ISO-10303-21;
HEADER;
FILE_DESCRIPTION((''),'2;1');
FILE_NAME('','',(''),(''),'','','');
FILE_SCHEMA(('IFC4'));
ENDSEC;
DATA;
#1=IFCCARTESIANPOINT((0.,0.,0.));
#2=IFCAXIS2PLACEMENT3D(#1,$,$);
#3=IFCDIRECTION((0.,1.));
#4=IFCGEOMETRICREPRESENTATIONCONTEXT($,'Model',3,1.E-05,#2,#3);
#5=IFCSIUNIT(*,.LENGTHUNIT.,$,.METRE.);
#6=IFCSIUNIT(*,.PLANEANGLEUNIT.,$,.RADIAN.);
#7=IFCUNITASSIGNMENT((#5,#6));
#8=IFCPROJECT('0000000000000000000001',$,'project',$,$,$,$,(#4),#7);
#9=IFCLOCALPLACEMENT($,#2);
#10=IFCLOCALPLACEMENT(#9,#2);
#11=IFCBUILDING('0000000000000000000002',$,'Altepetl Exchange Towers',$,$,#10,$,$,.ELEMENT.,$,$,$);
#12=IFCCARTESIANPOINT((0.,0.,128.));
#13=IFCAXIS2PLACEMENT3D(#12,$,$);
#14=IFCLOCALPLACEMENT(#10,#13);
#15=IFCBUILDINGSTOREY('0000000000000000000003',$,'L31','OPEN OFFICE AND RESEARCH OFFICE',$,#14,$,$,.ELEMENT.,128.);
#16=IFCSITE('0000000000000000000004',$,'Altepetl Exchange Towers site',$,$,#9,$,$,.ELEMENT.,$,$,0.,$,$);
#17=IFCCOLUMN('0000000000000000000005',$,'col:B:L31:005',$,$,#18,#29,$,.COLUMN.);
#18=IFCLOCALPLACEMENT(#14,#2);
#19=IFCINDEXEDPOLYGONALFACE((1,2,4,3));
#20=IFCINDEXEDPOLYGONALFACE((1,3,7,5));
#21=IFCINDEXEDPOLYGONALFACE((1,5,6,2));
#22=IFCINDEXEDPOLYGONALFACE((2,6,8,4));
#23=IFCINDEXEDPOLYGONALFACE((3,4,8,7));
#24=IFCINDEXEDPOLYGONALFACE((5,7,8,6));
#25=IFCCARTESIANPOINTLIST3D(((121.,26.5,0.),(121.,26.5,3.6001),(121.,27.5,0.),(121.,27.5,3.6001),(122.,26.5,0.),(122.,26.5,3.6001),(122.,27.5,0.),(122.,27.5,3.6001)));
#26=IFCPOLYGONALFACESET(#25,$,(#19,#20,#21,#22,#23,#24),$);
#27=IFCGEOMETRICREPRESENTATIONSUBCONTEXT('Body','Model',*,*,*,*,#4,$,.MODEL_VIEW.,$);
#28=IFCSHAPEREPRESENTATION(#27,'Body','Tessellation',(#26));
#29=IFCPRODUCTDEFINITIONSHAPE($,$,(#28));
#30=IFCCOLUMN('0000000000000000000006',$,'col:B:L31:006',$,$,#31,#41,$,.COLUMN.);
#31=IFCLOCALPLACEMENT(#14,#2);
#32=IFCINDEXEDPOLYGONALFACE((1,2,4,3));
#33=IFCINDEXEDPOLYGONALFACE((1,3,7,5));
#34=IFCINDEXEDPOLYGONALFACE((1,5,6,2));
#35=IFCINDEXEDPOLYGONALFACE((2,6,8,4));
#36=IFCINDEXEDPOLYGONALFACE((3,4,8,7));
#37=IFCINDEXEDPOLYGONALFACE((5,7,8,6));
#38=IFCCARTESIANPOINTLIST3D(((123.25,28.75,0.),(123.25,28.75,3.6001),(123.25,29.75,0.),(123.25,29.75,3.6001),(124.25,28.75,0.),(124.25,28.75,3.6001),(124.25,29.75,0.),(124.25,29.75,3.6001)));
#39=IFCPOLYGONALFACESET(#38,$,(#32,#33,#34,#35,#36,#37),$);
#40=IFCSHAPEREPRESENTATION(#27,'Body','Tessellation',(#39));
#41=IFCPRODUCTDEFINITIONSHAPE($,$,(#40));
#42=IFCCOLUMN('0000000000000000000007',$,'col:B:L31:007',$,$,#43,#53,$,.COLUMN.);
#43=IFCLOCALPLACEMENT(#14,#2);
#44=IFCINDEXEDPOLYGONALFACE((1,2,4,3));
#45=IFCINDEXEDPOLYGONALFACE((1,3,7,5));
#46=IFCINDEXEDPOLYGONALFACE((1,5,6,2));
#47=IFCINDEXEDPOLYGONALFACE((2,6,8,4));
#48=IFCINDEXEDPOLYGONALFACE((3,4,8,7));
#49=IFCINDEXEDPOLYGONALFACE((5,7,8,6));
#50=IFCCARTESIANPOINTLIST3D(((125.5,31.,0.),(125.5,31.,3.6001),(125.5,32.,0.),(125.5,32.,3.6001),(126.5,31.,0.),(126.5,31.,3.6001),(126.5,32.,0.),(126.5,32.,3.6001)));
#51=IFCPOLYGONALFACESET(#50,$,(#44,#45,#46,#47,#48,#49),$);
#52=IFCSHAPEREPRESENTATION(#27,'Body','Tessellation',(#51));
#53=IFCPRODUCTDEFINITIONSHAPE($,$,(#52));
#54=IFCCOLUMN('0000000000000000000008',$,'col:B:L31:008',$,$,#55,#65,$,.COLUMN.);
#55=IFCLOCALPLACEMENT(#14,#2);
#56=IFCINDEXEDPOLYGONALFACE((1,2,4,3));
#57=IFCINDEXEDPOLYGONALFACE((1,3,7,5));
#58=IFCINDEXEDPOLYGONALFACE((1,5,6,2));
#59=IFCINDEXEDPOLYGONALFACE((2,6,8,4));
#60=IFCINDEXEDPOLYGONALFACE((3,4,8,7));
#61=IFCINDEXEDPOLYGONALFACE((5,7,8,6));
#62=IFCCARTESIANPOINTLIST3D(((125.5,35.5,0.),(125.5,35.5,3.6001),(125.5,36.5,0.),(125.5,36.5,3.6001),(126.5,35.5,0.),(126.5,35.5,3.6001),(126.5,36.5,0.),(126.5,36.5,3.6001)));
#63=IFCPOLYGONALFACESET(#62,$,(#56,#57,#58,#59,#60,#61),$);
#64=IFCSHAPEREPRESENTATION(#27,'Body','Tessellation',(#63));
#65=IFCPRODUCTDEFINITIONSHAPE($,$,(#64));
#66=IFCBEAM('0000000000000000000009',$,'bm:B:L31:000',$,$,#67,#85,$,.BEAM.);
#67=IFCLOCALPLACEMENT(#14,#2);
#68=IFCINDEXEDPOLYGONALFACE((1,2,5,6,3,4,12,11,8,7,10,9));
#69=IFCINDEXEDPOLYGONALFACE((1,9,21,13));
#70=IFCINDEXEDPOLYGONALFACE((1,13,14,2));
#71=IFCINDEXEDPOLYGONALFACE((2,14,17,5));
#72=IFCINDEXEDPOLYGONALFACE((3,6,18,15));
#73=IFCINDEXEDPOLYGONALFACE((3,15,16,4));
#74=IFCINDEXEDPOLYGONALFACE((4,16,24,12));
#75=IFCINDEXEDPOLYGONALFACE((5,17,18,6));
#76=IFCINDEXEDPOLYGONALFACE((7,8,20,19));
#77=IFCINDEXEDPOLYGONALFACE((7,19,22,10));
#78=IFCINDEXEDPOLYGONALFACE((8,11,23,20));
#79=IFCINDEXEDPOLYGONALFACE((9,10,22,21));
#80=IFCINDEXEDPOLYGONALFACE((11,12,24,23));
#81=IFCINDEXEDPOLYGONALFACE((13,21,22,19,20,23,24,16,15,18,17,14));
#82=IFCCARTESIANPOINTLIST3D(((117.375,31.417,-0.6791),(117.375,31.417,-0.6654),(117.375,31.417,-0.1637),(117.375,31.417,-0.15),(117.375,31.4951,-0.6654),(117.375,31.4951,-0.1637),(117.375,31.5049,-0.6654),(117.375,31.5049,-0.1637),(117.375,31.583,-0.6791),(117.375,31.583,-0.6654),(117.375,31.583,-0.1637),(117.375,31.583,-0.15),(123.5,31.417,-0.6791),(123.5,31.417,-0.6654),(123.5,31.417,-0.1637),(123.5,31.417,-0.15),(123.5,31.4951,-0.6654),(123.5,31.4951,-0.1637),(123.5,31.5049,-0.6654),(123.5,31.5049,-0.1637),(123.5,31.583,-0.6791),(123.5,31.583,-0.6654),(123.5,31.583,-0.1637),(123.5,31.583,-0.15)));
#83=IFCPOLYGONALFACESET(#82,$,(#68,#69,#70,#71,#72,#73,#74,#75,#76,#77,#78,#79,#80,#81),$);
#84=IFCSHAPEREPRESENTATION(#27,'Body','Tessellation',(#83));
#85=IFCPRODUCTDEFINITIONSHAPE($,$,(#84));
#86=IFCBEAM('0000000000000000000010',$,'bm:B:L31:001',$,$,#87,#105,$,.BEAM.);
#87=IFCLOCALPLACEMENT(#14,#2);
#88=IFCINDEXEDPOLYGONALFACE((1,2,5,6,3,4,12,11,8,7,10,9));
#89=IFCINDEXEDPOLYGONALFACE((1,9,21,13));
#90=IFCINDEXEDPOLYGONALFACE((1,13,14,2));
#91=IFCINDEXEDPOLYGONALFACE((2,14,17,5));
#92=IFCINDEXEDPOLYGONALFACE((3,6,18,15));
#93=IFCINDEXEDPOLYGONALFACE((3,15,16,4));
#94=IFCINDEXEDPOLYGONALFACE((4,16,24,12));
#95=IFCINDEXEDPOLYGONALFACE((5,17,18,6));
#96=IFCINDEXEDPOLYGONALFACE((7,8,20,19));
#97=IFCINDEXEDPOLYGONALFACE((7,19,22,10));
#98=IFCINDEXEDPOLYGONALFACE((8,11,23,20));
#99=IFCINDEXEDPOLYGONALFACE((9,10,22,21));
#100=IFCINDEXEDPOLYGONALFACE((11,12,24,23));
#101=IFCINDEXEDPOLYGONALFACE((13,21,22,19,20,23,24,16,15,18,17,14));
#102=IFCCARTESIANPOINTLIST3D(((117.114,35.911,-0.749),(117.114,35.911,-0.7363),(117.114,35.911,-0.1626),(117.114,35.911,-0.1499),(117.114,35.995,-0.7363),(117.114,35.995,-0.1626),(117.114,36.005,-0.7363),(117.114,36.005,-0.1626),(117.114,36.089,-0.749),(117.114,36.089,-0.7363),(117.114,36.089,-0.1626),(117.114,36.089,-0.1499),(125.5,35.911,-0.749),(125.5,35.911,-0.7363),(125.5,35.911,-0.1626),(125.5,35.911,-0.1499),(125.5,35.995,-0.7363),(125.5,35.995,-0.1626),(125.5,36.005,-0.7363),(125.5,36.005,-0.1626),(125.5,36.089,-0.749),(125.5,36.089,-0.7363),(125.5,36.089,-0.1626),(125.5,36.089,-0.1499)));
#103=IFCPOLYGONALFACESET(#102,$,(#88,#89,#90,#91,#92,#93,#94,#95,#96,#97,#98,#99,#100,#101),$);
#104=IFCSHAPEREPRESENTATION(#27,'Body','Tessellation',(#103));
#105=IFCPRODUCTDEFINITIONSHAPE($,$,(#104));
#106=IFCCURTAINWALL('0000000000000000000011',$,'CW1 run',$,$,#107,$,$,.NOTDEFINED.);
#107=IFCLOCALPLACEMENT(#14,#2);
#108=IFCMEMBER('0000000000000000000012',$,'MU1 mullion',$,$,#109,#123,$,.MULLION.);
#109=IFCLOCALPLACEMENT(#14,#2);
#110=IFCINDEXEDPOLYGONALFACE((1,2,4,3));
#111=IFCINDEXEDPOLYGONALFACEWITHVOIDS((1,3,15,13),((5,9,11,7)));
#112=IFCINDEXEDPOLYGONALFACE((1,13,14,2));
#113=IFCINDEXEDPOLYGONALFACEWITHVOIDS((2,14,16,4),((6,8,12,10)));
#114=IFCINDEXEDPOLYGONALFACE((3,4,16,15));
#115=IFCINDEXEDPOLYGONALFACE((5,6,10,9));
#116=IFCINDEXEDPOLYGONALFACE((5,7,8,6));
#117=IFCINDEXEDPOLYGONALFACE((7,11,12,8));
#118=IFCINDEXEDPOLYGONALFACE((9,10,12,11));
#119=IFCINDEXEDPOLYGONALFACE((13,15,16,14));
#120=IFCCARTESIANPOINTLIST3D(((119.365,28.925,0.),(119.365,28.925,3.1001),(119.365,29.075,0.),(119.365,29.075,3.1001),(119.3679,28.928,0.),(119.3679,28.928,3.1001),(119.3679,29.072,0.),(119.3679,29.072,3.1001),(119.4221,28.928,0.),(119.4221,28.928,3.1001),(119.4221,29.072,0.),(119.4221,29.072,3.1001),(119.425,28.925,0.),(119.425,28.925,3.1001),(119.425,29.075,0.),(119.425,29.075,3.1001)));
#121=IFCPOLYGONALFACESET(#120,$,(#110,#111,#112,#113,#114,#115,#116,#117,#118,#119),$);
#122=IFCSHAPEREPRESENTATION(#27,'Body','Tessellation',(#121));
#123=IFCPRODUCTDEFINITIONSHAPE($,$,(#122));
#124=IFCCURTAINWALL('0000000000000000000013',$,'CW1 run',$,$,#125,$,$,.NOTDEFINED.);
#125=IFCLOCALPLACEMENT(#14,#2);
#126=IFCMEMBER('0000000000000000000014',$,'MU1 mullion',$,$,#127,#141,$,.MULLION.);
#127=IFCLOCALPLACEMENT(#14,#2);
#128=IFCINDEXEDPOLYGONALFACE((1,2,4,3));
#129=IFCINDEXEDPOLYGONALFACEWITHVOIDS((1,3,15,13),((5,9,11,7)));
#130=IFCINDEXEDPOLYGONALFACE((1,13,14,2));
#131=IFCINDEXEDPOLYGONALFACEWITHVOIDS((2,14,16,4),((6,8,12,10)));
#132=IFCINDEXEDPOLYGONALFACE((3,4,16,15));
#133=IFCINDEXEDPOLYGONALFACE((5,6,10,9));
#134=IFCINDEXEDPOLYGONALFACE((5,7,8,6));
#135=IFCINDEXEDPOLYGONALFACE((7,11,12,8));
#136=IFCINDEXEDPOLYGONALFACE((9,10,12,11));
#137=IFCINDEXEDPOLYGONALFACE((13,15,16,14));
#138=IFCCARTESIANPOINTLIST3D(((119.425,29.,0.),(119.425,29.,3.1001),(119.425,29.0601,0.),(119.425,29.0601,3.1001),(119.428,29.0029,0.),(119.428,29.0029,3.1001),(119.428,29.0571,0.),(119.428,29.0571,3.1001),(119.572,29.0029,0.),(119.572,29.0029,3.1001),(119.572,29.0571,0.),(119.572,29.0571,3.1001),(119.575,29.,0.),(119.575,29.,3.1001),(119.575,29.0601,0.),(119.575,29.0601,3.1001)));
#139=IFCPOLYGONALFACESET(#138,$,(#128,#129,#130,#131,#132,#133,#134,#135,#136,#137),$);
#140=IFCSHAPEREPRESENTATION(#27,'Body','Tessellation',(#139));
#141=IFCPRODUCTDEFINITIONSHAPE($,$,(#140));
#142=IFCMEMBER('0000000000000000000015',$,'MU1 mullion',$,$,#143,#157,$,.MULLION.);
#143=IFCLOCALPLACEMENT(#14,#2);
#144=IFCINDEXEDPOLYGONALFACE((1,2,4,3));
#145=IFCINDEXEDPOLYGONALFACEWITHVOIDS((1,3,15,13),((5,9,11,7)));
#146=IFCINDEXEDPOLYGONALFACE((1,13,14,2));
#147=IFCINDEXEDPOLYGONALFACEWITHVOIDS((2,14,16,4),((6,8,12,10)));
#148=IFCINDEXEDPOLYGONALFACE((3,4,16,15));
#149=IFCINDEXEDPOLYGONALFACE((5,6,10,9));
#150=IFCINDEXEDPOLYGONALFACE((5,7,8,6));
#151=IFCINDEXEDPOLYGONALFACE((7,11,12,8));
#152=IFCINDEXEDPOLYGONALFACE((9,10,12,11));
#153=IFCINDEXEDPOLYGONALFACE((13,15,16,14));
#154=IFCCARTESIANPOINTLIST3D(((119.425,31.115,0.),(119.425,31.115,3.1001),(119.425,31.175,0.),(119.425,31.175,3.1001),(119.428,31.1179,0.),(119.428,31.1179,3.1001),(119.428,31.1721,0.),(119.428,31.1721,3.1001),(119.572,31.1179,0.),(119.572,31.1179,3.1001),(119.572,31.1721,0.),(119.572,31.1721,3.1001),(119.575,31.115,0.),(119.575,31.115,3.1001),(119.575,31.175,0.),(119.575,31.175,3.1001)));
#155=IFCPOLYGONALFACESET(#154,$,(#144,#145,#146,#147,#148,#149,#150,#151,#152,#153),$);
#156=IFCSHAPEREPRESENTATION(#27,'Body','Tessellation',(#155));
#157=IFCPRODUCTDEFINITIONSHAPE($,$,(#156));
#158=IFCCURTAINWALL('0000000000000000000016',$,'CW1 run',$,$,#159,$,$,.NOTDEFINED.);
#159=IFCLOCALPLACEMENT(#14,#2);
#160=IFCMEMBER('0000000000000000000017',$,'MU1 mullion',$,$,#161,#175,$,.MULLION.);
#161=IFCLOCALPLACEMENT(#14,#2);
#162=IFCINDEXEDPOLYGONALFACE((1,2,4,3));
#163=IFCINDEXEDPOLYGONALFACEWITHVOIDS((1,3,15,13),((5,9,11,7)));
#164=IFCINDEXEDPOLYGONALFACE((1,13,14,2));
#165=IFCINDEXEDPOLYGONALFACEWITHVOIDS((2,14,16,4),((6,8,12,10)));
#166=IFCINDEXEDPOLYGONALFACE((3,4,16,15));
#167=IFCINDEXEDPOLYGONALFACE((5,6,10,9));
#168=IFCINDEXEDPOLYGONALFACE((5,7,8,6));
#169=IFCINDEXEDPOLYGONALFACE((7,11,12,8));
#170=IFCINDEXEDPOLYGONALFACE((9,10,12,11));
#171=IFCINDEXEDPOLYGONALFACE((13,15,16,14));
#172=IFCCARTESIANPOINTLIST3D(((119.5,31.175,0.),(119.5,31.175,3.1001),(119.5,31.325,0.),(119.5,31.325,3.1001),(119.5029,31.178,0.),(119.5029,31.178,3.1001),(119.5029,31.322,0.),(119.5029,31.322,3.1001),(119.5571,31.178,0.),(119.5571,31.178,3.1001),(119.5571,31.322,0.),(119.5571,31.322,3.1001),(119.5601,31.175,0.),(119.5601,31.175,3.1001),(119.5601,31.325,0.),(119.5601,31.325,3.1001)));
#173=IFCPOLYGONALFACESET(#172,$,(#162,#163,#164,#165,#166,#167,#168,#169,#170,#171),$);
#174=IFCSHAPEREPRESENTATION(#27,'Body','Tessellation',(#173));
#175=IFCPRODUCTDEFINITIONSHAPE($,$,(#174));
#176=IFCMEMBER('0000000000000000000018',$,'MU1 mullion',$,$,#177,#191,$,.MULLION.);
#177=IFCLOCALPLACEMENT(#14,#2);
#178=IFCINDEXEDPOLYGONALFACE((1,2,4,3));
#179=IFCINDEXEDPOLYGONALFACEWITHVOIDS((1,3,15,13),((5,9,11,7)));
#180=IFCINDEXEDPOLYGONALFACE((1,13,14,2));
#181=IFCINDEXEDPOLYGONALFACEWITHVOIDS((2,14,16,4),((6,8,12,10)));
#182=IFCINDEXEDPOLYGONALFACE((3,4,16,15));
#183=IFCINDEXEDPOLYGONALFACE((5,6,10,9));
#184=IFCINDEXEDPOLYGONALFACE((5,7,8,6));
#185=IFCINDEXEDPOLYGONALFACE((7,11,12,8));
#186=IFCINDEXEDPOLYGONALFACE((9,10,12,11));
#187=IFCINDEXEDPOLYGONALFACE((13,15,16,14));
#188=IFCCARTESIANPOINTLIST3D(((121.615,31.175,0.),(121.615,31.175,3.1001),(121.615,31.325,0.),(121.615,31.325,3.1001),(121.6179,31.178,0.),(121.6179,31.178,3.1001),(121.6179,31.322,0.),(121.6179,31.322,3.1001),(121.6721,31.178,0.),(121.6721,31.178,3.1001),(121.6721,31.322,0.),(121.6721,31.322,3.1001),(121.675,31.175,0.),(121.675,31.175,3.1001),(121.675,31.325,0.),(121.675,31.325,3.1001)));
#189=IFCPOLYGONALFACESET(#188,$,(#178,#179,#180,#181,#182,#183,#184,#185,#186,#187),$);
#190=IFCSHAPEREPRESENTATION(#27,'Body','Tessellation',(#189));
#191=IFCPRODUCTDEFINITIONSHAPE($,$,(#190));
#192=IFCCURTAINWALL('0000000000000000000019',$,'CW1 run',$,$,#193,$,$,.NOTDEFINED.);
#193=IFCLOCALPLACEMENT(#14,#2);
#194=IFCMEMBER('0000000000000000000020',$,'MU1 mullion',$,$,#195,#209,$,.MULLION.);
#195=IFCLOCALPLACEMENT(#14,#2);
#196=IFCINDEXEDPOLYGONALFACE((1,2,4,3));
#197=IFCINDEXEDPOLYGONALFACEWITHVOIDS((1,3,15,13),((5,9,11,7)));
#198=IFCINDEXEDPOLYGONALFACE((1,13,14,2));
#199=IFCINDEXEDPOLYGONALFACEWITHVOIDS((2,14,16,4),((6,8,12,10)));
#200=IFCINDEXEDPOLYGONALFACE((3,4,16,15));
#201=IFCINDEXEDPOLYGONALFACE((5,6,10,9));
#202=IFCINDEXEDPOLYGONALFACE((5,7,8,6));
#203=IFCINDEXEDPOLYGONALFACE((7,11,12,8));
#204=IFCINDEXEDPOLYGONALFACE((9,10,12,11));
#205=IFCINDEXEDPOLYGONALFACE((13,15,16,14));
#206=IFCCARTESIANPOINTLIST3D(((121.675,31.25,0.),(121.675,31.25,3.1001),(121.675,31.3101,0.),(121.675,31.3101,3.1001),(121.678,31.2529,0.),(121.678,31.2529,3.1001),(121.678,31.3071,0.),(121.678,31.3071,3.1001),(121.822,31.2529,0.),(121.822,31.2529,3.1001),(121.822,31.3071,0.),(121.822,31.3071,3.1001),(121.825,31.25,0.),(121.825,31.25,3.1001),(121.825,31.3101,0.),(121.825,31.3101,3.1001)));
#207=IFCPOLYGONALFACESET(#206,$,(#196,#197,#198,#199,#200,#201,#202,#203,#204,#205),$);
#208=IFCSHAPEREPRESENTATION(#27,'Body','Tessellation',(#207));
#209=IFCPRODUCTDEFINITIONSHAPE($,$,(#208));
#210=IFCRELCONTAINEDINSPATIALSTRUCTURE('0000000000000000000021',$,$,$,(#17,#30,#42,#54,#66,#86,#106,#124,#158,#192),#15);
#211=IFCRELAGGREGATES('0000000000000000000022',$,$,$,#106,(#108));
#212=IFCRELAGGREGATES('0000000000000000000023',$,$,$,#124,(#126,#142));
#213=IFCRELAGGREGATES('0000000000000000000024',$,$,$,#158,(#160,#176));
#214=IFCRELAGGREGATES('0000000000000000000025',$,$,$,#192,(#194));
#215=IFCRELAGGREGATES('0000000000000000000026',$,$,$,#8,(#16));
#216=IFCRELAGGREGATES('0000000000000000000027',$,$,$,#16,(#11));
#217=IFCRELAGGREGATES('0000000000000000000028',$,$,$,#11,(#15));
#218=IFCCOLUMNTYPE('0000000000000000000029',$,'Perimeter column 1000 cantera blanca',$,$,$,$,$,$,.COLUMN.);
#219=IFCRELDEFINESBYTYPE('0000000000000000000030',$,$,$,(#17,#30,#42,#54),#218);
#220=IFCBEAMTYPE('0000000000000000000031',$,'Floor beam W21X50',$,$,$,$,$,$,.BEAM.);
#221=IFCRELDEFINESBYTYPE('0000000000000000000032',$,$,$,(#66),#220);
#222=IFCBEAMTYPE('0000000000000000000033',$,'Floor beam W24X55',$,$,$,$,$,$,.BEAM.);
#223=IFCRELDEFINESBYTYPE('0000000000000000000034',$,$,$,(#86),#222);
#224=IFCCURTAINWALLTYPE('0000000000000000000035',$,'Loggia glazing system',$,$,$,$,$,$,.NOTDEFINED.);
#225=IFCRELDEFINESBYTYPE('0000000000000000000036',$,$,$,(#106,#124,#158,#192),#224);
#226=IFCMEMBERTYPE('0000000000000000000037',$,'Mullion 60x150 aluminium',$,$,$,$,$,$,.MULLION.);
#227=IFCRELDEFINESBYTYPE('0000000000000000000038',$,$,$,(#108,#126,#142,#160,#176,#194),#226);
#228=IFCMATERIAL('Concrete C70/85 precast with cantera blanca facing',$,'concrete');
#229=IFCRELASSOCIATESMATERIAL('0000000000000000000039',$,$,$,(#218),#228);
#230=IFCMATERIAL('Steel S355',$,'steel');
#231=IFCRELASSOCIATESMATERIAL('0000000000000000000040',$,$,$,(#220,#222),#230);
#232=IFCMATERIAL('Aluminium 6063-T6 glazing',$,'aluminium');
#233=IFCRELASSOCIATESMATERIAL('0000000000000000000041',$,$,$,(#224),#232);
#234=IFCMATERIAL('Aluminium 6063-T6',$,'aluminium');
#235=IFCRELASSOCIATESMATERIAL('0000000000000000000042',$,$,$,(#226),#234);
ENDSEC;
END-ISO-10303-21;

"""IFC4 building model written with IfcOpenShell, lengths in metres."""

from ifc_helpers import new_model, si_unit, direction, frame, origin, origin_2d, place, context, subcontext, project, spatial, rectangle, hollow_rectangle, i_section, extrude, material, material_profile, profile_set, type_object, element, aggregate, save


model = new_model("IFC4")

# Units and contexts
model_context = context("Model", 3, precision=1e-05, world=origin(), true_north=direction((0.0, 1.0)))
body_context = subcontext(model_context, "Body", "Model", "MODEL_VIEW")
ifc_project = project(units=[si_unit("LENGTHUNIT", "METRE"), si_unit("PLANEANGLEUNIT", "RADIAN")], contexts=[model_context])

# Site, building, storey
site_placement = place(None, origin())
site = spatial("IfcSite", under=ifc_project, at=site_placement, Name="Altepetl Exchange Towers site", CompositionType="ELEMENT", RefElevation=0.0)
building_placement = place(site_placement, origin())
building = spatial("IfcBuilding", under=site, at=building_placement, Name="Altepetl Exchange Towers", CompositionType="ELEMENT")
storey_placement = place(building_placement, frame((0.0, 0.0, 128.0)))
storey = spatial("IfcBuildingStorey", under=building, at=storey_placement, Name="L31", Description="OPEN OFFICE AND RESEARCH OFFICE", CompositionType="ELEMENT", Elevation=128.0)

# Columns
ifc_material_1 = material(Name="Concrete C70/85 precast with cantera blanca facing", Category="concrete")
ifc_material_profile_1 = material_profile(ifc_material_1, rectangle(XDim=1.0, YDim=1.0, at=origin_2d()), Name="1000 x 1000")
ifc_profile_set_1 = profile_set([ifc_material_profile_1], Name="Concrete C70/85 precast with cantera blanca facing")
column_type = type_object("IfcColumnType", Name="Perimeter column 1000 cantera blanca", PredefinedType="COLUMN", material=ifc_profile_set_1)
for number, where, name in (
    (1, (121.5, 27.0, 0.0), "col:B:L31:005"),
    (2, (123.75, 29.25, 0.0), "col:B:L31:006"),
    (3, (126.0, 31.5, 0.0), "col:B:L31:007"),
    (4, (126.0, 36.0, 0.0), "col:B:L31:008"),
):
    element("IfcColumn", number, at=place(storey_placement, frame(where)), inside=storey, type_object=column_type, Name=name, PredefinedType="COLUMN", context=body_context, shape_type="SweptSolid", body=[
        extrude(rectangle(XDim=1.0, YDim=1.0, at=origin_2d()), origin(), (0.0, 0.0, 1.0), 3.6001),
    ])

# Beams
ifc_material_2 = material(Name="Steel S355", Category="steel")
ifc_material_profile_2 = material_profile(ifc_material_2, i_section(OverallWidth=0.166, OverallDepth=0.5291, WebThickness=0.0098, FlangeThickness=0.0137, at=origin_2d()), Name="W21X50")
ifc_profile_set_2 = profile_set([ifc_material_profile_2], Name="Steel S355")
beam_type_1 = type_object("IfcBeamType", Name="Floor beam W21X50", PredefinedType="BEAM", material=ifc_profile_set_2)
beam_1_placement = place(storey_placement, frame((117.375, 31.5, -0.4146), z_axis=(1.0, 0.0, 0.0), x_axis=(0.0, 1.0, 0.0)))
element("IfcBeam", 5, at=beam_1_placement, inside=storey, type_object=beam_type_1, Name="bm:B:L31:000", PredefinedType="BEAM", context=body_context, shape_type="SweptSolid", body=[
    extrude(i_section(OverallWidth=0.166, OverallDepth=0.5291, WebThickness=0.0098, FlangeThickness=0.0137, at=origin_2d()), origin(), (0.0, 0.0, 1.0), 6.125),
])
ifc_material_profile_3 = material_profile(ifc_material_2, i_section(OverallWidth=0.178, OverallDepth=0.5991, WebThickness=0.01, FlangeThickness=0.0127, at=origin_2d()), Name="W24X55")
ifc_profile_set_3 = profile_set([ifc_material_profile_3], Name="Steel S355")
beam_type_2 = type_object("IfcBeamType", Name="Floor beam W24X55", PredefinedType="BEAM", material=ifc_profile_set_3)
beam_2_placement = place(storey_placement, frame((117.114, 36.0, -0.4495), z_axis=(1.0, 0.0, 0.0), x_axis=(0.0, 1.0, 0.0)))
element("IfcBeam", 6, at=beam_2_placement, inside=storey, type_object=beam_type_2, Name="bm:B:L31:001", PredefinedType="BEAM", context=body_context, shape_type="SweptSolid", body=[
    extrude(i_section(OverallWidth=0.178, OverallDepth=0.5991, WebThickness=0.01, FlangeThickness=0.0127, at=origin_2d()), origin(), (0.0, 0.0, 1.0), 8.386),
])

# Curtain wall, member
ifc_material_3 = material(Name="Aluminium 6063-T6 glazing", Category="aluminium")
curtain_wall_type = type_object("IfcCurtainWallType", Name="Loggia glazing system", PredefinedType="NOTDEFINED", material=ifc_material_3)
curtain_wall_1_placement = place(storey_placement, origin())
curtain_wall_1 = element("IfcCurtainWall", 7, at=curtain_wall_1_placement, inside=storey, type_object=curtain_wall_type, Name="CW1 run", PredefinedType="NOTDEFINED")
ifc_material_4 = material(Name="Aluminium 6063-T6", Category="aluminium")
ifc_material_profile_4 = material_profile(ifc_material_4, hollow_rectangle(XDim=0.0601, YDim=0.1499, WallThickness=0.0029, at=origin_2d()), Name="Mullion 60x150 aluminium")
ifc_profile_set_4 = profile_set([ifc_material_profile_4], Name="Aluminium 6063-T6")
member_type = type_object("IfcMemberType", Name="Mullion 60x150 aluminium", PredefinedType="MULLION", material=ifc_profile_set_4)
member_1_placement = place(storey_placement, frame((119.395, 29.0, 0.0)))
member_1 = element("IfcMember", 8, at=member_1_placement, type_object=member_type, Name="MU1 mullion", PredefinedType="MULLION", context=body_context, shape_type="SweptSolid", body=[
    extrude(hollow_rectangle(XDim=0.0601, YDim=0.1499, WallThickness=0.0029, at=origin_2d()), origin(), (0.0, 0.0, 1.0), 3.1001),
])

# Curtain walls, members
curtain_wall_2_placement = place(storey_placement, origin())
curtain_wall_2 = element("IfcCurtainWall", 9, at=curtain_wall_2_placement, inside=storey, type_object=curtain_wall_type, Name="CW1 run", PredefinedType="NOTDEFINED")
member_2_placement = place(storey_placement, frame((119.5, 29.03, 0.0), z_axis=(0.0, 0.0, 1.0), x_axis=(0.0, 1.0, 0.0)))
member_2 = element("IfcMember", 10, at=member_2_placement, type_object=member_type, Name="MU1 mullion", PredefinedType="MULLION", context=body_context, shape_type="SweptSolid", body=[
    extrude(hollow_rectangle(XDim=0.0601, YDim=0.1499, WallThickness=0.0029, at=origin_2d()), origin(), (0.0, 0.0, 1.0), 3.1001),
])
member_3_placement = place(storey_placement, frame((119.5, 31.145, 0.0), z_axis=(0.0, 0.0, 1.0), x_axis=(0.0, 1.0, 0.0)))
member_3 = element("IfcMember", 11, at=member_3_placement, type_object=member_type, Name="MU1 mullion", PredefinedType="MULLION", context=body_context, shape_type="SweptSolid", body=[
    extrude(hollow_rectangle(XDim=0.0601, YDim=0.1499, WallThickness=0.0029, at=origin_2d()), origin(), (0.0, 0.0, 1.0), 3.1001),
])
curtain_wall_3_placement = place(storey_placement, origin())
curtain_wall_3 = element("IfcCurtainWall", 12, at=curtain_wall_3_placement, inside=storey, type_object=curtain_wall_type, Name="CW1 run", PredefinedType="NOTDEFINED")
member_4_placement = place(storey_placement, frame((119.53, 31.25, 0.0)))
member_4 = element("IfcMember", 13, at=member_4_placement, type_object=member_type, Name="MU1 mullion", PredefinedType="MULLION", context=body_context, shape_type="SweptSolid", body=[
    extrude(hollow_rectangle(XDim=0.0601, YDim=0.1499, WallThickness=0.0029, at=origin_2d()), origin(), (0.0, 0.0, 1.0), 3.1001),
])
member_5_placement = place(storey_placement, frame((121.645, 31.25, 0.0)))
member_5 = element("IfcMember", 14, at=member_5_placement, type_object=member_type, Name="MU1 mullion", PredefinedType="MULLION", context=body_context, shape_type="SweptSolid", body=[
    extrude(hollow_rectangle(XDim=0.0601, YDim=0.1499, WallThickness=0.0029, at=origin_2d()), origin(), (0.0, 0.0, 1.0), 3.1001),
])
curtain_wall_4_placement = place(storey_placement, origin())
curtain_wall_4 = element("IfcCurtainWall", 15, at=curtain_wall_4_placement, inside=storey, type_object=curtain_wall_type, Name="CW1 run", PredefinedType="NOTDEFINED")
member_6_placement = place(storey_placement, frame((121.75, 31.28, 0.0), z_axis=(0.0, 0.0, 1.0), x_axis=(0.0, 1.0, 0.0)))
member_6 = element("IfcMember", 16, at=member_6_placement, type_object=member_type, Name="MU1 mullion", PredefinedType="MULLION", context=body_context, shape_type="SweptSolid", body=[
    extrude(hollow_rectangle(XDim=0.0601, YDim=0.1499, WallThickness=0.0029, at=origin_2d()), origin(), (0.0, 0.0, 1.0), 3.1001),
])

aggregate(curtain_wall_1, [member_1])
aggregate(curtain_wall_2, [member_2, member_3])
aggregate(curtain_wall_3, [member_4, member_5])
aggregate(curtain_wall_4, [member_6])

save(model, "model.ifc")
